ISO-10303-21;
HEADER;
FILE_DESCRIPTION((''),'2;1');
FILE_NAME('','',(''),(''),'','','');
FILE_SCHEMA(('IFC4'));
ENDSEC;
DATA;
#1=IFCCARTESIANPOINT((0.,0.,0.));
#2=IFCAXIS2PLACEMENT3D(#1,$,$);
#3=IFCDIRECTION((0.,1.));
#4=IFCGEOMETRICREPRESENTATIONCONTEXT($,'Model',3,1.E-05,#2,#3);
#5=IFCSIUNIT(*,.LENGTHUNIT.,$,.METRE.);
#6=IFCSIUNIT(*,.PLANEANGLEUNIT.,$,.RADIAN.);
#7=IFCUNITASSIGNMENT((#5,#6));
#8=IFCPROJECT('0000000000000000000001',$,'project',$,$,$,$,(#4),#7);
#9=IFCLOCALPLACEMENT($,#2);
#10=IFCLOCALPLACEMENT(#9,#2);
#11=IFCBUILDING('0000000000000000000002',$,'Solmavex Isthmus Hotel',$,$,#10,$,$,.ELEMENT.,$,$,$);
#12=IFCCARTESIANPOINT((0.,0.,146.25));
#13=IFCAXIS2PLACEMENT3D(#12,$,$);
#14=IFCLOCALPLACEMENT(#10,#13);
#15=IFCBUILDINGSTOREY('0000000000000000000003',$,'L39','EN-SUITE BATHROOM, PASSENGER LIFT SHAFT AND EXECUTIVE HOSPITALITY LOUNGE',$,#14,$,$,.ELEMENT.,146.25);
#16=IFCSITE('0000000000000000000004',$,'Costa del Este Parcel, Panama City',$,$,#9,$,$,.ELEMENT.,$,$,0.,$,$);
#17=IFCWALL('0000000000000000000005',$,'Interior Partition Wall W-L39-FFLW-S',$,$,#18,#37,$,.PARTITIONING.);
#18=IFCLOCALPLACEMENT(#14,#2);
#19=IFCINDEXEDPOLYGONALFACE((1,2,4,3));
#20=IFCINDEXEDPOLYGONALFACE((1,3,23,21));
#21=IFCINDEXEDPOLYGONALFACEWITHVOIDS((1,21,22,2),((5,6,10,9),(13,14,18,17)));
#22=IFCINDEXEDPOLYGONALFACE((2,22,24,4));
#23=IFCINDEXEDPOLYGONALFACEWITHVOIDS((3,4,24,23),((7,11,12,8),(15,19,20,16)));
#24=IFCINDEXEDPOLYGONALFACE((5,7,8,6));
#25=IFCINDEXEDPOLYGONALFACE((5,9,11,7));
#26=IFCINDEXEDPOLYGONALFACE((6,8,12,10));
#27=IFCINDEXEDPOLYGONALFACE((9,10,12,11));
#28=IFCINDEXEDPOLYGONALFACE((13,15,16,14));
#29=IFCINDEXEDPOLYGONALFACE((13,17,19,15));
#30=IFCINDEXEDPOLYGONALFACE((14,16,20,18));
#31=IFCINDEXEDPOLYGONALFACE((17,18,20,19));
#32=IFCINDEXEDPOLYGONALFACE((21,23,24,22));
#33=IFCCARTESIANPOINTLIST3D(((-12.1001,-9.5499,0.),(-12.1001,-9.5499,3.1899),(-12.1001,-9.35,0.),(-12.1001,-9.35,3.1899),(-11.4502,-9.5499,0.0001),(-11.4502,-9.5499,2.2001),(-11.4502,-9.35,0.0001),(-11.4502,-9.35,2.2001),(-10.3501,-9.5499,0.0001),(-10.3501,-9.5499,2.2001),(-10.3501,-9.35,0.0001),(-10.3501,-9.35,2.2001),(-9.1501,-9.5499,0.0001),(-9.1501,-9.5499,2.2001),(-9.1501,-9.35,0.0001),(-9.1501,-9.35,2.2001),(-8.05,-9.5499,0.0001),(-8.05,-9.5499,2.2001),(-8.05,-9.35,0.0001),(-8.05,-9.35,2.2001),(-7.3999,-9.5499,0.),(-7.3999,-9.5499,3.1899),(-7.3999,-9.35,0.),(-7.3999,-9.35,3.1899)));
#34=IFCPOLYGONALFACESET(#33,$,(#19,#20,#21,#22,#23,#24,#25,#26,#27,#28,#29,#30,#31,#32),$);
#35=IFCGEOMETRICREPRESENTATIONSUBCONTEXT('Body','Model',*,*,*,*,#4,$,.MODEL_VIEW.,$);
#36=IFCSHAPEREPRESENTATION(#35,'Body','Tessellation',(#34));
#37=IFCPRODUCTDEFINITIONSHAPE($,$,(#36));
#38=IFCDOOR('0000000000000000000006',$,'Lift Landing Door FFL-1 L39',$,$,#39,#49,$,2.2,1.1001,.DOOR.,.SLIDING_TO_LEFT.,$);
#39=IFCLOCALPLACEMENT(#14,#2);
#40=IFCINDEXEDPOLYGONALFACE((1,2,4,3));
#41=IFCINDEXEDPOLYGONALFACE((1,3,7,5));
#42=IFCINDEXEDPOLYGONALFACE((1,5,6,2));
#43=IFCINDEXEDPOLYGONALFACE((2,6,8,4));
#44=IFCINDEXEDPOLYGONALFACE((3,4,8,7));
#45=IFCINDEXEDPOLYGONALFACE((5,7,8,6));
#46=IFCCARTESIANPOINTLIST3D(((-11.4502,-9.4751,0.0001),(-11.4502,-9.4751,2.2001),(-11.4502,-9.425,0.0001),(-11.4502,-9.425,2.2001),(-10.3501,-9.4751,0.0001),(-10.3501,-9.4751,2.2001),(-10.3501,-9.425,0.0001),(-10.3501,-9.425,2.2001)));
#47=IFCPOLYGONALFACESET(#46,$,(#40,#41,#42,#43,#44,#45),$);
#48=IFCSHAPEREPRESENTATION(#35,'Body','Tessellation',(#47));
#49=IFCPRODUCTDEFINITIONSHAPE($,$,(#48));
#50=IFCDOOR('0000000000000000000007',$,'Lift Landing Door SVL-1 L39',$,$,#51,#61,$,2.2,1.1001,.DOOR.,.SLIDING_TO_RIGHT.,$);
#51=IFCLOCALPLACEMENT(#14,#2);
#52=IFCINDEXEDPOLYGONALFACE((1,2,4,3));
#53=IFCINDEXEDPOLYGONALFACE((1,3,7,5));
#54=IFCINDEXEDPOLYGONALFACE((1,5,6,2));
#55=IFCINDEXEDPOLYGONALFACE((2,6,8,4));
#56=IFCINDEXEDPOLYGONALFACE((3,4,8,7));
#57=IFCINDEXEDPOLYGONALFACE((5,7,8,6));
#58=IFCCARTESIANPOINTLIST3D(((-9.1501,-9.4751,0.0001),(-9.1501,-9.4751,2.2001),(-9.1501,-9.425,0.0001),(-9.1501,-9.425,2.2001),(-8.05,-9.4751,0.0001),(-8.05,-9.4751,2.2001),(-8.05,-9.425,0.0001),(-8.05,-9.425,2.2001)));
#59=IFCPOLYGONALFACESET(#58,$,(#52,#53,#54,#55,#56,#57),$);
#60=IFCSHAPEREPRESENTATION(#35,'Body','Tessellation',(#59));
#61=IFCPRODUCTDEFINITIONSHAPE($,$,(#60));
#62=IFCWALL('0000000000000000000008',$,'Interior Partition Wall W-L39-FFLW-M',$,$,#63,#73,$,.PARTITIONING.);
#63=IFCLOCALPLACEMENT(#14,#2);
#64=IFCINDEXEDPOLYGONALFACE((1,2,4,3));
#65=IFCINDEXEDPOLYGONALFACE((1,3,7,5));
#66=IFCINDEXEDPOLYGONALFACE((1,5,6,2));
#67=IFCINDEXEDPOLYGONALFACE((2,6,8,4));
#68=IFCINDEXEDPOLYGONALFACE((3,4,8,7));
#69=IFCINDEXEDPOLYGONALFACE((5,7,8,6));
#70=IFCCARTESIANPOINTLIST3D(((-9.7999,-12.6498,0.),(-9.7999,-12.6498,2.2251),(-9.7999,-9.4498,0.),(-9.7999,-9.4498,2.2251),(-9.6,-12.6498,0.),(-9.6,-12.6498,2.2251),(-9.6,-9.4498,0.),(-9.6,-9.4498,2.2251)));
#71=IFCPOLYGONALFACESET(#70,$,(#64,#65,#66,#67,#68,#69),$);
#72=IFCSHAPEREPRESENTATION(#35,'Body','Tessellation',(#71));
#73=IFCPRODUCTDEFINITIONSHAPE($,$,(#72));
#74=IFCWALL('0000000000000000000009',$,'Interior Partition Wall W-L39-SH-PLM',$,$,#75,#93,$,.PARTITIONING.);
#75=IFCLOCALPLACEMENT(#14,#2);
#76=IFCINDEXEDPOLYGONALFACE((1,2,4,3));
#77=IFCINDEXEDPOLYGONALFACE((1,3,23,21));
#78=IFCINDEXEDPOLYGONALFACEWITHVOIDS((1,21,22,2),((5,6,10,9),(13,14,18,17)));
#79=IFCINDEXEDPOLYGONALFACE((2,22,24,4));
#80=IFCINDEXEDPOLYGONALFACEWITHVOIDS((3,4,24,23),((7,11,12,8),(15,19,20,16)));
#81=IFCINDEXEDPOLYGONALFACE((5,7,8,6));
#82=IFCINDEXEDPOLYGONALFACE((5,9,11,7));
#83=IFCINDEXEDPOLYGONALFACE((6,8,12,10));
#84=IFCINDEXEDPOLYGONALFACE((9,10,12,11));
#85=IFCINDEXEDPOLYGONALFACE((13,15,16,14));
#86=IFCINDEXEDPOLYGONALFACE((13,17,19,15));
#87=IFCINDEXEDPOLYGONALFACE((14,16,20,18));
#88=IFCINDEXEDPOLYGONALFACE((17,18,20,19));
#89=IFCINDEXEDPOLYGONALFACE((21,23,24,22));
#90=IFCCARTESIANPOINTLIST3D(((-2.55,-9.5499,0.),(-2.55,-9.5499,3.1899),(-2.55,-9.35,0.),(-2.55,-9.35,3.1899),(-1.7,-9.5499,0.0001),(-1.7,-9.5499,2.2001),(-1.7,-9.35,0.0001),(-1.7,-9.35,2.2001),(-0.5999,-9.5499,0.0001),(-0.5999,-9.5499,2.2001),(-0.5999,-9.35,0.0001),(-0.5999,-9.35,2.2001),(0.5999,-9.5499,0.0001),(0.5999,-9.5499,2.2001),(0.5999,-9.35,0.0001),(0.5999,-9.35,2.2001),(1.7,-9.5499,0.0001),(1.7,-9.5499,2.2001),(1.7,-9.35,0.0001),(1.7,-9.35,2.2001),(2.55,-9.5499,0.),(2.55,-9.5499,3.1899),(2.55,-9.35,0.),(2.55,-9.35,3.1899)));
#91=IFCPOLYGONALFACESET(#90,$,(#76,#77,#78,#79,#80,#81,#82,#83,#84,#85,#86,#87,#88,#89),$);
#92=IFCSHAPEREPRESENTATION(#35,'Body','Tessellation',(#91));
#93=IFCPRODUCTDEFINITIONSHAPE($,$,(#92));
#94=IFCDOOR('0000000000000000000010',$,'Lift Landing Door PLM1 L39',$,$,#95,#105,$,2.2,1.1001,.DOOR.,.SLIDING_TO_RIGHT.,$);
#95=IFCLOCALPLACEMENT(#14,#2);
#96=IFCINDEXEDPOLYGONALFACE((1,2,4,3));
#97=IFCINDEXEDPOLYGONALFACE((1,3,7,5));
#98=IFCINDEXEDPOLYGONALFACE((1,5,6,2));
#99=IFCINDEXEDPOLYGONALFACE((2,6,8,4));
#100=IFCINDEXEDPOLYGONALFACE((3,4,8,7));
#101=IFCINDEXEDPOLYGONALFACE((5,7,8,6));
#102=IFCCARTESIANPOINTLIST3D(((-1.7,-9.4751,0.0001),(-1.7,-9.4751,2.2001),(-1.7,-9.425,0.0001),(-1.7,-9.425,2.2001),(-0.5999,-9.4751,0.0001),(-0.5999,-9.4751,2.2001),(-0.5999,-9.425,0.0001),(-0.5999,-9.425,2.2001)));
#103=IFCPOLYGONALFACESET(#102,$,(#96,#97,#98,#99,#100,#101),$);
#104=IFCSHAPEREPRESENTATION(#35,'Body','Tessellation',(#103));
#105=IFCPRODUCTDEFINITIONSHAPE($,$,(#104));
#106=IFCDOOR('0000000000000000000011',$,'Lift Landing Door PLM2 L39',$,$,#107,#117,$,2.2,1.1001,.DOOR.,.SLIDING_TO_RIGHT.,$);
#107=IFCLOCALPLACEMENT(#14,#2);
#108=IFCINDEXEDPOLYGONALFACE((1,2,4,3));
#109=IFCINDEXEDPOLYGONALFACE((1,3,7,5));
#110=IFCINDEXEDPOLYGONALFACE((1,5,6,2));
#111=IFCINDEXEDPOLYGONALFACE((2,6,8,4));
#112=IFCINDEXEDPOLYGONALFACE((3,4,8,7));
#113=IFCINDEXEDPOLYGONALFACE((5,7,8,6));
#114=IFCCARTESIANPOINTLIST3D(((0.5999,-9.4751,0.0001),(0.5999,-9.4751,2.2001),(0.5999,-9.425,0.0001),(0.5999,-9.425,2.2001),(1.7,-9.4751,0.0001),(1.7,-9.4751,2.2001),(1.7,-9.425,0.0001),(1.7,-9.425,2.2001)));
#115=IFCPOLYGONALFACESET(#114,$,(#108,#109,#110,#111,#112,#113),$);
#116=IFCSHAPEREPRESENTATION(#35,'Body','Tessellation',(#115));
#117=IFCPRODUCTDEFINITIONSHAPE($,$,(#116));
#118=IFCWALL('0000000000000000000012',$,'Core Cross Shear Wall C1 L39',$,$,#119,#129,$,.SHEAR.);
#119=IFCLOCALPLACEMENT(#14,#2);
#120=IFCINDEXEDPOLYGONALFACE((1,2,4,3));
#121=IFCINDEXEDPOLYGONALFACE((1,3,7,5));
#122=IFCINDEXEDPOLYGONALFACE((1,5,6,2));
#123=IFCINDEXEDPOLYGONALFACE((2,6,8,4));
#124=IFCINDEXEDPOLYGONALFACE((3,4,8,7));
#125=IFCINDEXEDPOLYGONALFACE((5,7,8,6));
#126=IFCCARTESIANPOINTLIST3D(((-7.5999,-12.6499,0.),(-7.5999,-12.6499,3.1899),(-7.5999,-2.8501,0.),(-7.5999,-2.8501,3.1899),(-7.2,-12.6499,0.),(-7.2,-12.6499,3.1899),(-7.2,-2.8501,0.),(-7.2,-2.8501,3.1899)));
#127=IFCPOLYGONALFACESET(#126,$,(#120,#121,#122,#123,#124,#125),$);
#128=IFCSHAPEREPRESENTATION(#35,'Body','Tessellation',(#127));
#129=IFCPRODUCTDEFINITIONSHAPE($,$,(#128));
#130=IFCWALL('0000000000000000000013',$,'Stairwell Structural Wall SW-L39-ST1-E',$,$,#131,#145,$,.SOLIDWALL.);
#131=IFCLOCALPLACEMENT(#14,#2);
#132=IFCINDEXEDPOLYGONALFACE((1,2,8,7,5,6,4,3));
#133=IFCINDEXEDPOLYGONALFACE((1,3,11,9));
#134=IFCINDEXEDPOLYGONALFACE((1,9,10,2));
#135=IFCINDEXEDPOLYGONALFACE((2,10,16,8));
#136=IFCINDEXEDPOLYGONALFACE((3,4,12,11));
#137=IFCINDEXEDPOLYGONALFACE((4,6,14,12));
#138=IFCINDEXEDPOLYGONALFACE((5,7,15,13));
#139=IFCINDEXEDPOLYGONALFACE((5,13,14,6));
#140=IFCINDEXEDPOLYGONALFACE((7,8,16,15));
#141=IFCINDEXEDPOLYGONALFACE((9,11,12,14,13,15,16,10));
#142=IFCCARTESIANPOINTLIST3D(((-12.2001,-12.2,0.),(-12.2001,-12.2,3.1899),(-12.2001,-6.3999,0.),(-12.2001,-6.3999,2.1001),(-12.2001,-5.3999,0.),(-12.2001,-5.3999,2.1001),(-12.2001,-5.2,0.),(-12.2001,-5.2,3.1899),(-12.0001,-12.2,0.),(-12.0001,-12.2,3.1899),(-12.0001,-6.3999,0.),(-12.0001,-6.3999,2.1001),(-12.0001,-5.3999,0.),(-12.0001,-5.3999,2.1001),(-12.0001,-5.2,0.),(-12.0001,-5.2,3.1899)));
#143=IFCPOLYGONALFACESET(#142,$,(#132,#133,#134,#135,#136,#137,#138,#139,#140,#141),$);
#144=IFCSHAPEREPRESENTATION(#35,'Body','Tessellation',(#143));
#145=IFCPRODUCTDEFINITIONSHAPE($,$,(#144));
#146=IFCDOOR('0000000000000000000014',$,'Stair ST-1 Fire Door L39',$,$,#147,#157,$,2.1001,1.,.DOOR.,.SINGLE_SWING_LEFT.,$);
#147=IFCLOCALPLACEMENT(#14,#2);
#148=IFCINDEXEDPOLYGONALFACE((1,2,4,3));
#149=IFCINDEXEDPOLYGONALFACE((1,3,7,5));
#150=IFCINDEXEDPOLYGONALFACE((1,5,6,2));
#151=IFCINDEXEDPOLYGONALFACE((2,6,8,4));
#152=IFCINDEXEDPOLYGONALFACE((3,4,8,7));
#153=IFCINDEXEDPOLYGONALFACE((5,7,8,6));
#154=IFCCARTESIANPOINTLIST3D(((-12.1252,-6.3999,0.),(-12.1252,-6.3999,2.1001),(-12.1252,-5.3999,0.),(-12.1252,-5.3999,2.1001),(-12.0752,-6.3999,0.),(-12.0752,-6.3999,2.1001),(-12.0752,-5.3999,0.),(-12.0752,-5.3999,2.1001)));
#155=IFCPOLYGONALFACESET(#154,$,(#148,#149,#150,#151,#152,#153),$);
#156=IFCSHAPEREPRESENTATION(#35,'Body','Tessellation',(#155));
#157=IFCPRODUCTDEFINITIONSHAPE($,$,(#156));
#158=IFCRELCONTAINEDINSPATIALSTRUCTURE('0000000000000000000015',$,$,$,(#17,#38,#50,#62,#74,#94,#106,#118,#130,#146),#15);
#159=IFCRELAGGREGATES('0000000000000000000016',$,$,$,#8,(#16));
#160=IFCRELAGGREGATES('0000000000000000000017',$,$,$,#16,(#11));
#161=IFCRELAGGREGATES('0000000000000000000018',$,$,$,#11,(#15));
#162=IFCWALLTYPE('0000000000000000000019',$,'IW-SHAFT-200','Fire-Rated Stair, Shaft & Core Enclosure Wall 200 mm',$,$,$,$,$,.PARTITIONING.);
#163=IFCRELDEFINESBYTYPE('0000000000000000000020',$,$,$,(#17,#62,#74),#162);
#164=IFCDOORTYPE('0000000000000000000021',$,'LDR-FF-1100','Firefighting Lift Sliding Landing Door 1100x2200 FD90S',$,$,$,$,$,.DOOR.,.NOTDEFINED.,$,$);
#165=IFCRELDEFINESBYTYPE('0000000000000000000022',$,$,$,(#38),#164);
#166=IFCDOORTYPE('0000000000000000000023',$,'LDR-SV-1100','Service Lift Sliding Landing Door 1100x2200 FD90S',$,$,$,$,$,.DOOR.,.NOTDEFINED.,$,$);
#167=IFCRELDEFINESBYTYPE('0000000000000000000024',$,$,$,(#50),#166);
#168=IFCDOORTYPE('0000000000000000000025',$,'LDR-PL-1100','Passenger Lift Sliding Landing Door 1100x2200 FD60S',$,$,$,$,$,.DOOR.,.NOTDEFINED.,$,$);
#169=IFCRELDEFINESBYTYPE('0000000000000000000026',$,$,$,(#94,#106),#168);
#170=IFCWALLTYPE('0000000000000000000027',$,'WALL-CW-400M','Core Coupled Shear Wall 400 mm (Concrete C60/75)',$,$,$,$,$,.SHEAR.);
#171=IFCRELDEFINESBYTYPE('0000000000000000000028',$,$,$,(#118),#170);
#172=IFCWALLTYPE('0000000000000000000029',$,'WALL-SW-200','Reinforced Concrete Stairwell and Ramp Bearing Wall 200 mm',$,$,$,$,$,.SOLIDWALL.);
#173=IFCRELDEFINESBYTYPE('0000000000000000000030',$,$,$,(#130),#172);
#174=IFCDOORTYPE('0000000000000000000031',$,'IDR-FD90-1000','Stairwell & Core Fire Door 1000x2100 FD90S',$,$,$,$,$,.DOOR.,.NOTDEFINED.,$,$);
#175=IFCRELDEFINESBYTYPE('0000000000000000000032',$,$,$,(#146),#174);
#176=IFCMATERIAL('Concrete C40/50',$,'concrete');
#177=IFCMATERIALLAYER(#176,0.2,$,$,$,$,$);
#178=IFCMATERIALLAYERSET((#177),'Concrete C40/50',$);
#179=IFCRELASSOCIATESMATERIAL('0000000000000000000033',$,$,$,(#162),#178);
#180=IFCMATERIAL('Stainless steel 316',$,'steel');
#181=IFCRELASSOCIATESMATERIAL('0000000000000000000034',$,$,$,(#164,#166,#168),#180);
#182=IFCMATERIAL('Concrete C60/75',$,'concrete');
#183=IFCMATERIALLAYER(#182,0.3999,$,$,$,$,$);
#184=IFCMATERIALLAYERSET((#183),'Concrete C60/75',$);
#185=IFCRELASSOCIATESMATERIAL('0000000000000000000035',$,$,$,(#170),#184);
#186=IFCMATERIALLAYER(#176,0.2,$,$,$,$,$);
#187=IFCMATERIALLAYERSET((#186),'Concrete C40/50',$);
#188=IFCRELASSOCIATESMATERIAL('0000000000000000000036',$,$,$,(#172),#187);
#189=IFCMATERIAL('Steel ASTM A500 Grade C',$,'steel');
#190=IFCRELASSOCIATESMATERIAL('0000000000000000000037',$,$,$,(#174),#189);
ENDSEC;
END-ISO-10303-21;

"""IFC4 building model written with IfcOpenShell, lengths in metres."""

from ifc_helpers import new_model, si_unit, direction, frame, frame_2d, origin, place, context, subcontext, project, spatial, rectangle, extrude, material, layer, layer_set, type_object, element, fill, save


model = new_model("IFC4")

# Units and contexts
model_context = context("Model", 3, precision=1e-05, world=origin(), true_north=direction((0.0, 1.0)))
body_context = subcontext(model_context, "Body", "Model", "MODEL_VIEW")
ifc_project = project(units=[si_unit("LENGTHUNIT", "METRE"), si_unit("PLANEANGLEUNIT", "RADIAN")], contexts=[model_context])

# Site, building, storey
site_placement = place(None, origin())
site = spatial("IfcSite", under=ifc_project, at=site_placement, Name="Costa del Este Parcel, Panama City", CompositionType="ELEMENT", RefElevation=0.0)
building_placement = place(site_placement, origin())
building = spatial("IfcBuilding", under=site, at=building_placement, Name="Solmavex Isthmus Hotel", CompositionType="ELEMENT")
storey_placement = place(building_placement, frame((0.0, 0.0, 146.25)))
storey = spatial("IfcBuildingStorey", under=building, at=storey_placement, Name="L39", Description="EN-SUITE BATHROOM, PASSENGER LIFT SHAFT AND EXECUTIVE HOSPITALITY LOUNGE", CompositionType="ELEMENT", Elevation=146.25)

# Shared definitions
ifc_material_1 = material(Name="Concrete C60/75", Category="concrete")

# Shared definitions
ifc_material_2 = material(Name="Concrete C40/50", Category="concrete")

# Shared definitions
ifc_layer_1 = layer(ifc_material_2, 0.2)
ifc_layer_set_1 = layer_set([ifc_layer_1], Name="Concrete C40/50")
wall_type_1 = type_object("IfcWallType", Name="IW-SHAFT-200", Description="Fire-Rated Stair, Shaft & Core Enclosure Wall 200 mm", PredefinedType="PARTITIONING", material=ifc_layer_set_1)
ifc_material_3 = material(Name="Steel ASTM A500 Grade C", Category="steel")

# Wall, openings, doors
wall_1_placement = place(storey_placement, frame((-12.1001, -9.45, 0.0), z_axis=(0.0, 0.0, 1.0), x_axis=(1.0, 0.0, 0.0)))
wall_1 = element("IfcWall", 1, at=wall_1_placement, inside=storey, type_object=wall_type_1, Name="Interior Partition Wall W-L39-FFLW-S", PredefinedType="PARTITIONING", context=body_context, shape_type="SweptSolid", body=[
    extrude(rectangle(XDim=4.7002, YDim=0.2, at=frame_2d((2.3501, 0.0))), origin(), (0.0, 0.0, 1.0), 3.1899),
])
opening_1_placement = place(wall_1_placement, frame((0.6499, 0.0, 0.0)))
opening_1 = element("IfcOpeningElement", 2, at=opening_1_placement, cuts=wall_1, PredefinedType="OPENING", context=body_context, shape_type="SweptSolid", body=[
    extrude(rectangle(XDim=1.1001, YDim=2.2, at=frame_2d((0.55, 1.1001))), frame((0.0, 0.1099, 0.0), z_axis=(0.0, -1.0, 0.0), x_axis=(1.0, 0.0, 0.0)), (0.0, 0.0, 1.0), 0.22),
])
opening_2_placement = place(wall_1_placement, frame((2.95, 0.0, 0.0)))
opening_2 = element("IfcOpeningElement", 3, at=opening_2_placement, cuts=wall_1, PredefinedType="OPENING", context=body_context, shape_type="SweptSolid", body=[
    extrude(rectangle(XDim=1.1001, YDim=2.2, at=frame_2d((0.55, 1.1001))), frame((0.0, 0.1099, 0.0), z_axis=(0.0, -1.0, 0.0), x_axis=(1.0, 0.0, 0.0)), (0.0, 0.0, 1.0), 0.22),
])
ifc_material_4 = material(Name="Stainless steel 316", Category="steel")
door_type_1 = type_object("IfcDoorType", Name="LDR-FF-1100", Description="Firefighting Lift Sliding Landing Door 1100x2200 FD90S", OperationType="NOTDEFINED", PredefinedType="DOOR", material=ifc_material_4)
door_1_placement = place(opening_1_placement, origin())
door_1 = element("IfcDoor", 4, at=door_1_placement, inside=storey, type_object=door_type_1, Name="Lift Landing Door FFL-1 L39", OperationType="SLIDING_TO_LEFT", OverallHeight=2.2, OverallWidth=1.1001, PredefinedType="DOOR", context=body_context, shape_type="SweptSolid", body=[
    extrude(rectangle(XDim=1.1001, YDim=2.2, at=frame_2d((0.55, 1.1001))), frame((0.0, 0.0249, 0.0), z_axis=(0.0, -1.0, 0.0), x_axis=(1.0, 0.0, 0.0)), (0.0, 0.0, 1.0), 0.05),
])
fill(opening_1, door_1)
door_type_2 = type_object("IfcDoorType", Name="LDR-SV-1100", Description="Service Lift Sliding Landing Door 1100x2200 FD90S", OperationType="NOTDEFINED", PredefinedType="DOOR", material=ifc_material_4)
door_2_placement = place(opening_2_placement, origin())
door_2 = element("IfcDoor", 5, at=door_2_placement, inside=storey, type_object=door_type_2, Name="Lift Landing Door SVL-1 L39", OperationType="SLIDING_TO_RIGHT", OverallHeight=2.2, OverallWidth=1.1001, PredefinedType="DOOR", context=body_context, shape_type="SweptSolid", body=[
    extrude(rectangle(XDim=1.1001, YDim=2.2, at=frame_2d((0.55, 1.1001))), frame((0.0, 0.0249, 0.0), z_axis=(0.0, -1.0, 0.0), x_axis=(1.0, 0.0, 0.0)), (0.0, 0.0, 1.0), 0.05),
])
fill(opening_2, door_2)

# Wall
wall_2_placement = place(storey_placement, frame((-9.7, -12.6499, 0.0), z_axis=(0.0, 0.0, 1.0), x_axis=(0.0, 1.0, 0.0)))
element("IfcWall", 6, at=wall_2_placement, inside=storey, type_object=wall_type_1, Name="Interior Partition Wall W-L39-FFLW-M", PredefinedType="PARTITIONING", context=body_context, shape_type="SweptSolid", body=[
    extrude(rectangle(XDim=3.2, YDim=0.2, at=frame_2d((1.6001, 0.0))), origin(), (0.0, 0.0, 1.0), 2.2251),
])

# Wall, openings, doors
wall_3_placement = place(storey_placement, frame((-2.55, -9.45, 0.0), z_axis=(0.0, 0.0, 1.0), x_axis=(1.0, 0.0, 0.0)))
wall_3 = element("IfcWall", 7, at=wall_3_placement, inside=storey, type_object=wall_type_1, Name="Interior Partition Wall W-L39-SH-PLM", PredefinedType="PARTITIONING", context=body_context, shape_type="SweptSolid", body=[
    extrude(rectangle(XDim=5.1001, YDim=0.2, at=frame_2d((2.55, 0.0))), origin(), (0.0, 0.0, 1.0), 3.1899),
])
opening_3_placement = place(wall_3_placement, frame((0.8501, 0.0, 0.0)))
opening_3 = element("IfcOpeningElement", 8, at=opening_3_placement, cuts=wall_3, PredefinedType="OPENING", context=body_context, shape_type="SweptSolid", body=[
    extrude(rectangle(XDim=1.1001, YDim=2.2, at=frame_2d((0.55, 1.1001))), frame((0.0, 0.1099, 0.0), z_axis=(0.0, -1.0, 0.0), x_axis=(1.0, 0.0, 0.0)), (0.0, 0.0, 1.0), 0.22),
])
opening_4_placement = place(wall_3_placement, frame((3.1499, 0.0, 0.0)))
opening_4 = element("IfcOpeningElement", 9, at=opening_4_placement, cuts=wall_3, PredefinedType="OPENING", context=body_context, shape_type="SweptSolid", body=[
    extrude(rectangle(XDim=1.1001, YDim=2.2, at=frame_2d((0.55, 1.1001))), frame((0.0, 0.1099, 0.0), z_axis=(0.0, -1.0, 0.0), x_axis=(1.0, 0.0, 0.0)), (0.0, 0.0, 1.0), 0.22),
])
door_type_3 = type_object("IfcDoorType", Name="LDR-PL-1100", Description="Passenger Lift Sliding Landing Door 1100x2200 FD60S", OperationType="NOTDEFINED", PredefinedType="DOOR", material=ifc_material_4)
door_3_placement = place(opening_3_placement, origin())
door_3 = element("IfcDoor", 10, at=door_3_placement, inside=storey, type_object=door_type_3, Name="Lift Landing Door PLM1 L39", OperationType="SLIDING_TO_RIGHT", OverallHeight=2.2, OverallWidth=1.1001, PredefinedType="DOOR", context=body_context, shape_type="SweptSolid", body=[
    extrude(rectangle(XDim=1.1001, YDim=2.2, at=frame_2d((0.55, 1.1001))), frame((0.0, 0.0249, 0.0), z_axis=(0.0, -1.0, 0.0), x_axis=(1.0, 0.0, 0.0)), (0.0, 0.0, 1.0), 0.05),
])
fill(opening_3, door_3)
door_4_placement = place(opening_4_placement, origin())
door_4 = element("IfcDoor", 11, at=door_4_placement, inside=storey, type_object=door_type_3, Name="Lift Landing Door PLM2 L39", OperationType="SLIDING_TO_RIGHT", OverallHeight=2.2, OverallWidth=1.1001, PredefinedType="DOOR", context=body_context, shape_type="SweptSolid", body=[
    extrude(rectangle(XDim=1.1001, YDim=2.2, at=frame_2d((0.55, 1.1001))), frame((0.0, 0.0249, 0.0), z_axis=(0.0, -1.0, 0.0), x_axis=(1.0, 0.0, 0.0)), (0.0, 0.0, 1.0), 0.05),
])
fill(opening_4, door_4)

# Wall
ifc_layer_2 = layer(ifc_material_1, 0.3999)
ifc_layer_set_2 = layer_set([ifc_layer_2], Name="Concrete C60/75")
wall_type_2 = type_object("IfcWallType", Name="WALL-CW-400M", Description="Core Coupled Shear Wall 400 mm (Concrete C60/75)", PredefinedType="SHEAR", material=ifc_layer_set_2)
wall_4_placement = place(storey_placement, frame((-7.3999, -12.6499, 0.0), z_axis=(0.0, 0.0, 1.0), x_axis=(0.0, 1.0, 0.0)))
element("IfcWall", 12, at=wall_4_placement, inside=storey, type_object=wall_type_2, Name="Core Cross Shear Wall C1 L39", PredefinedType="SHEAR", context=body_context, shape_type="SweptSolid", body=[
    extrude(rectangle(XDim=9.7998, YDim=0.3999, at=frame_2d((4.8999, 0.0))), origin(), (0.0, 0.0, 1.0), 3.1899),
])

# Wall, opening, door
ifc_layer_3 = layer(ifc_material_2, 0.2)
ifc_layer_set_3 = layer_set([ifc_layer_3], Name="Concrete C40/50")
wall_type_3 = type_object("IfcWallType", Name="WALL-SW-200", Description="Reinforced Concrete Stairwell and Ramp Bearing Wall 200 mm", PredefinedType="SOLIDWALL", material=ifc_layer_set_3)
wall_5_placement = place(storey_placement, frame((-12.1001, -12.2, 0.0), z_axis=(0.0, 0.0, 1.0), x_axis=(0.0, 1.0, 0.0)))
wall_5 = element("IfcWall", 13, at=wall_5_placement, inside=storey, type_object=wall_type_3, Name="Stairwell Structural Wall SW-L39-ST1-E", PredefinedType="SOLIDWALL", context=body_context, shape_type="SweptSolid", body=[
    extrude(rectangle(XDim=7.0, YDim=0.2, at=frame_2d((3.5, 0.0))), origin(), (0.0, 0.0, 1.0), 3.1899),
])
opening_5_placement = place(wall_5_placement, frame((5.8, 0.0, 0.0)))
opening_5 = element("IfcOpeningElement", 14, at=opening_5_placement, cuts=wall_5, PredefinedType="OPENING", context=body_context, shape_type="SweptSolid", body=[
    extrude(rectangle(XDim=1.0, YDim=2.1001, at=frame_2d((0.5, 1.05))), frame((0.0, 0.1099, 0.0), z_axis=(0.0, -1.0, 0.0), x_axis=(1.0, 0.0, 0.0)), (0.0, 0.0, 1.0), 0.22),
])
door_type_4 = type_object("IfcDoorType", Name="IDR-FD90-1000", Description="Stairwell & Core Fire Door 1000x2100 FD90S", OperationType="NOTDEFINED", PredefinedType="DOOR", material=ifc_material_3)
door_5_placement = place(opening_5_placement, frame((1.0, 0.0, 0.0), z_axis=(0.0, 0.0, 1.0), x_axis=(-1.0, 0.0, 0.0)))
door_5 = element("IfcDoor", 15, at=door_5_placement, inside=storey, type_object=door_type_4, Name="Stair ST-1 Fire Door L39", OperationType="SINGLE_SWING_LEFT", OverallHeight=2.1001, OverallWidth=1.0, PredefinedType="DOOR", context=body_context, shape_type="SweptSolid", body=[
    extrude(rectangle(XDim=1.0, YDim=2.1001, at=frame_2d((0.5, 1.05))), frame((0.0, 0.0249, 0.0), z_axis=(0.0, -1.0, 0.0), x_axis=(1.0, 0.0, 0.0)), (0.0, 0.0, 1.0), 0.05),
])
fill(opening_5, door_5)

save(model, "model.ifc")
